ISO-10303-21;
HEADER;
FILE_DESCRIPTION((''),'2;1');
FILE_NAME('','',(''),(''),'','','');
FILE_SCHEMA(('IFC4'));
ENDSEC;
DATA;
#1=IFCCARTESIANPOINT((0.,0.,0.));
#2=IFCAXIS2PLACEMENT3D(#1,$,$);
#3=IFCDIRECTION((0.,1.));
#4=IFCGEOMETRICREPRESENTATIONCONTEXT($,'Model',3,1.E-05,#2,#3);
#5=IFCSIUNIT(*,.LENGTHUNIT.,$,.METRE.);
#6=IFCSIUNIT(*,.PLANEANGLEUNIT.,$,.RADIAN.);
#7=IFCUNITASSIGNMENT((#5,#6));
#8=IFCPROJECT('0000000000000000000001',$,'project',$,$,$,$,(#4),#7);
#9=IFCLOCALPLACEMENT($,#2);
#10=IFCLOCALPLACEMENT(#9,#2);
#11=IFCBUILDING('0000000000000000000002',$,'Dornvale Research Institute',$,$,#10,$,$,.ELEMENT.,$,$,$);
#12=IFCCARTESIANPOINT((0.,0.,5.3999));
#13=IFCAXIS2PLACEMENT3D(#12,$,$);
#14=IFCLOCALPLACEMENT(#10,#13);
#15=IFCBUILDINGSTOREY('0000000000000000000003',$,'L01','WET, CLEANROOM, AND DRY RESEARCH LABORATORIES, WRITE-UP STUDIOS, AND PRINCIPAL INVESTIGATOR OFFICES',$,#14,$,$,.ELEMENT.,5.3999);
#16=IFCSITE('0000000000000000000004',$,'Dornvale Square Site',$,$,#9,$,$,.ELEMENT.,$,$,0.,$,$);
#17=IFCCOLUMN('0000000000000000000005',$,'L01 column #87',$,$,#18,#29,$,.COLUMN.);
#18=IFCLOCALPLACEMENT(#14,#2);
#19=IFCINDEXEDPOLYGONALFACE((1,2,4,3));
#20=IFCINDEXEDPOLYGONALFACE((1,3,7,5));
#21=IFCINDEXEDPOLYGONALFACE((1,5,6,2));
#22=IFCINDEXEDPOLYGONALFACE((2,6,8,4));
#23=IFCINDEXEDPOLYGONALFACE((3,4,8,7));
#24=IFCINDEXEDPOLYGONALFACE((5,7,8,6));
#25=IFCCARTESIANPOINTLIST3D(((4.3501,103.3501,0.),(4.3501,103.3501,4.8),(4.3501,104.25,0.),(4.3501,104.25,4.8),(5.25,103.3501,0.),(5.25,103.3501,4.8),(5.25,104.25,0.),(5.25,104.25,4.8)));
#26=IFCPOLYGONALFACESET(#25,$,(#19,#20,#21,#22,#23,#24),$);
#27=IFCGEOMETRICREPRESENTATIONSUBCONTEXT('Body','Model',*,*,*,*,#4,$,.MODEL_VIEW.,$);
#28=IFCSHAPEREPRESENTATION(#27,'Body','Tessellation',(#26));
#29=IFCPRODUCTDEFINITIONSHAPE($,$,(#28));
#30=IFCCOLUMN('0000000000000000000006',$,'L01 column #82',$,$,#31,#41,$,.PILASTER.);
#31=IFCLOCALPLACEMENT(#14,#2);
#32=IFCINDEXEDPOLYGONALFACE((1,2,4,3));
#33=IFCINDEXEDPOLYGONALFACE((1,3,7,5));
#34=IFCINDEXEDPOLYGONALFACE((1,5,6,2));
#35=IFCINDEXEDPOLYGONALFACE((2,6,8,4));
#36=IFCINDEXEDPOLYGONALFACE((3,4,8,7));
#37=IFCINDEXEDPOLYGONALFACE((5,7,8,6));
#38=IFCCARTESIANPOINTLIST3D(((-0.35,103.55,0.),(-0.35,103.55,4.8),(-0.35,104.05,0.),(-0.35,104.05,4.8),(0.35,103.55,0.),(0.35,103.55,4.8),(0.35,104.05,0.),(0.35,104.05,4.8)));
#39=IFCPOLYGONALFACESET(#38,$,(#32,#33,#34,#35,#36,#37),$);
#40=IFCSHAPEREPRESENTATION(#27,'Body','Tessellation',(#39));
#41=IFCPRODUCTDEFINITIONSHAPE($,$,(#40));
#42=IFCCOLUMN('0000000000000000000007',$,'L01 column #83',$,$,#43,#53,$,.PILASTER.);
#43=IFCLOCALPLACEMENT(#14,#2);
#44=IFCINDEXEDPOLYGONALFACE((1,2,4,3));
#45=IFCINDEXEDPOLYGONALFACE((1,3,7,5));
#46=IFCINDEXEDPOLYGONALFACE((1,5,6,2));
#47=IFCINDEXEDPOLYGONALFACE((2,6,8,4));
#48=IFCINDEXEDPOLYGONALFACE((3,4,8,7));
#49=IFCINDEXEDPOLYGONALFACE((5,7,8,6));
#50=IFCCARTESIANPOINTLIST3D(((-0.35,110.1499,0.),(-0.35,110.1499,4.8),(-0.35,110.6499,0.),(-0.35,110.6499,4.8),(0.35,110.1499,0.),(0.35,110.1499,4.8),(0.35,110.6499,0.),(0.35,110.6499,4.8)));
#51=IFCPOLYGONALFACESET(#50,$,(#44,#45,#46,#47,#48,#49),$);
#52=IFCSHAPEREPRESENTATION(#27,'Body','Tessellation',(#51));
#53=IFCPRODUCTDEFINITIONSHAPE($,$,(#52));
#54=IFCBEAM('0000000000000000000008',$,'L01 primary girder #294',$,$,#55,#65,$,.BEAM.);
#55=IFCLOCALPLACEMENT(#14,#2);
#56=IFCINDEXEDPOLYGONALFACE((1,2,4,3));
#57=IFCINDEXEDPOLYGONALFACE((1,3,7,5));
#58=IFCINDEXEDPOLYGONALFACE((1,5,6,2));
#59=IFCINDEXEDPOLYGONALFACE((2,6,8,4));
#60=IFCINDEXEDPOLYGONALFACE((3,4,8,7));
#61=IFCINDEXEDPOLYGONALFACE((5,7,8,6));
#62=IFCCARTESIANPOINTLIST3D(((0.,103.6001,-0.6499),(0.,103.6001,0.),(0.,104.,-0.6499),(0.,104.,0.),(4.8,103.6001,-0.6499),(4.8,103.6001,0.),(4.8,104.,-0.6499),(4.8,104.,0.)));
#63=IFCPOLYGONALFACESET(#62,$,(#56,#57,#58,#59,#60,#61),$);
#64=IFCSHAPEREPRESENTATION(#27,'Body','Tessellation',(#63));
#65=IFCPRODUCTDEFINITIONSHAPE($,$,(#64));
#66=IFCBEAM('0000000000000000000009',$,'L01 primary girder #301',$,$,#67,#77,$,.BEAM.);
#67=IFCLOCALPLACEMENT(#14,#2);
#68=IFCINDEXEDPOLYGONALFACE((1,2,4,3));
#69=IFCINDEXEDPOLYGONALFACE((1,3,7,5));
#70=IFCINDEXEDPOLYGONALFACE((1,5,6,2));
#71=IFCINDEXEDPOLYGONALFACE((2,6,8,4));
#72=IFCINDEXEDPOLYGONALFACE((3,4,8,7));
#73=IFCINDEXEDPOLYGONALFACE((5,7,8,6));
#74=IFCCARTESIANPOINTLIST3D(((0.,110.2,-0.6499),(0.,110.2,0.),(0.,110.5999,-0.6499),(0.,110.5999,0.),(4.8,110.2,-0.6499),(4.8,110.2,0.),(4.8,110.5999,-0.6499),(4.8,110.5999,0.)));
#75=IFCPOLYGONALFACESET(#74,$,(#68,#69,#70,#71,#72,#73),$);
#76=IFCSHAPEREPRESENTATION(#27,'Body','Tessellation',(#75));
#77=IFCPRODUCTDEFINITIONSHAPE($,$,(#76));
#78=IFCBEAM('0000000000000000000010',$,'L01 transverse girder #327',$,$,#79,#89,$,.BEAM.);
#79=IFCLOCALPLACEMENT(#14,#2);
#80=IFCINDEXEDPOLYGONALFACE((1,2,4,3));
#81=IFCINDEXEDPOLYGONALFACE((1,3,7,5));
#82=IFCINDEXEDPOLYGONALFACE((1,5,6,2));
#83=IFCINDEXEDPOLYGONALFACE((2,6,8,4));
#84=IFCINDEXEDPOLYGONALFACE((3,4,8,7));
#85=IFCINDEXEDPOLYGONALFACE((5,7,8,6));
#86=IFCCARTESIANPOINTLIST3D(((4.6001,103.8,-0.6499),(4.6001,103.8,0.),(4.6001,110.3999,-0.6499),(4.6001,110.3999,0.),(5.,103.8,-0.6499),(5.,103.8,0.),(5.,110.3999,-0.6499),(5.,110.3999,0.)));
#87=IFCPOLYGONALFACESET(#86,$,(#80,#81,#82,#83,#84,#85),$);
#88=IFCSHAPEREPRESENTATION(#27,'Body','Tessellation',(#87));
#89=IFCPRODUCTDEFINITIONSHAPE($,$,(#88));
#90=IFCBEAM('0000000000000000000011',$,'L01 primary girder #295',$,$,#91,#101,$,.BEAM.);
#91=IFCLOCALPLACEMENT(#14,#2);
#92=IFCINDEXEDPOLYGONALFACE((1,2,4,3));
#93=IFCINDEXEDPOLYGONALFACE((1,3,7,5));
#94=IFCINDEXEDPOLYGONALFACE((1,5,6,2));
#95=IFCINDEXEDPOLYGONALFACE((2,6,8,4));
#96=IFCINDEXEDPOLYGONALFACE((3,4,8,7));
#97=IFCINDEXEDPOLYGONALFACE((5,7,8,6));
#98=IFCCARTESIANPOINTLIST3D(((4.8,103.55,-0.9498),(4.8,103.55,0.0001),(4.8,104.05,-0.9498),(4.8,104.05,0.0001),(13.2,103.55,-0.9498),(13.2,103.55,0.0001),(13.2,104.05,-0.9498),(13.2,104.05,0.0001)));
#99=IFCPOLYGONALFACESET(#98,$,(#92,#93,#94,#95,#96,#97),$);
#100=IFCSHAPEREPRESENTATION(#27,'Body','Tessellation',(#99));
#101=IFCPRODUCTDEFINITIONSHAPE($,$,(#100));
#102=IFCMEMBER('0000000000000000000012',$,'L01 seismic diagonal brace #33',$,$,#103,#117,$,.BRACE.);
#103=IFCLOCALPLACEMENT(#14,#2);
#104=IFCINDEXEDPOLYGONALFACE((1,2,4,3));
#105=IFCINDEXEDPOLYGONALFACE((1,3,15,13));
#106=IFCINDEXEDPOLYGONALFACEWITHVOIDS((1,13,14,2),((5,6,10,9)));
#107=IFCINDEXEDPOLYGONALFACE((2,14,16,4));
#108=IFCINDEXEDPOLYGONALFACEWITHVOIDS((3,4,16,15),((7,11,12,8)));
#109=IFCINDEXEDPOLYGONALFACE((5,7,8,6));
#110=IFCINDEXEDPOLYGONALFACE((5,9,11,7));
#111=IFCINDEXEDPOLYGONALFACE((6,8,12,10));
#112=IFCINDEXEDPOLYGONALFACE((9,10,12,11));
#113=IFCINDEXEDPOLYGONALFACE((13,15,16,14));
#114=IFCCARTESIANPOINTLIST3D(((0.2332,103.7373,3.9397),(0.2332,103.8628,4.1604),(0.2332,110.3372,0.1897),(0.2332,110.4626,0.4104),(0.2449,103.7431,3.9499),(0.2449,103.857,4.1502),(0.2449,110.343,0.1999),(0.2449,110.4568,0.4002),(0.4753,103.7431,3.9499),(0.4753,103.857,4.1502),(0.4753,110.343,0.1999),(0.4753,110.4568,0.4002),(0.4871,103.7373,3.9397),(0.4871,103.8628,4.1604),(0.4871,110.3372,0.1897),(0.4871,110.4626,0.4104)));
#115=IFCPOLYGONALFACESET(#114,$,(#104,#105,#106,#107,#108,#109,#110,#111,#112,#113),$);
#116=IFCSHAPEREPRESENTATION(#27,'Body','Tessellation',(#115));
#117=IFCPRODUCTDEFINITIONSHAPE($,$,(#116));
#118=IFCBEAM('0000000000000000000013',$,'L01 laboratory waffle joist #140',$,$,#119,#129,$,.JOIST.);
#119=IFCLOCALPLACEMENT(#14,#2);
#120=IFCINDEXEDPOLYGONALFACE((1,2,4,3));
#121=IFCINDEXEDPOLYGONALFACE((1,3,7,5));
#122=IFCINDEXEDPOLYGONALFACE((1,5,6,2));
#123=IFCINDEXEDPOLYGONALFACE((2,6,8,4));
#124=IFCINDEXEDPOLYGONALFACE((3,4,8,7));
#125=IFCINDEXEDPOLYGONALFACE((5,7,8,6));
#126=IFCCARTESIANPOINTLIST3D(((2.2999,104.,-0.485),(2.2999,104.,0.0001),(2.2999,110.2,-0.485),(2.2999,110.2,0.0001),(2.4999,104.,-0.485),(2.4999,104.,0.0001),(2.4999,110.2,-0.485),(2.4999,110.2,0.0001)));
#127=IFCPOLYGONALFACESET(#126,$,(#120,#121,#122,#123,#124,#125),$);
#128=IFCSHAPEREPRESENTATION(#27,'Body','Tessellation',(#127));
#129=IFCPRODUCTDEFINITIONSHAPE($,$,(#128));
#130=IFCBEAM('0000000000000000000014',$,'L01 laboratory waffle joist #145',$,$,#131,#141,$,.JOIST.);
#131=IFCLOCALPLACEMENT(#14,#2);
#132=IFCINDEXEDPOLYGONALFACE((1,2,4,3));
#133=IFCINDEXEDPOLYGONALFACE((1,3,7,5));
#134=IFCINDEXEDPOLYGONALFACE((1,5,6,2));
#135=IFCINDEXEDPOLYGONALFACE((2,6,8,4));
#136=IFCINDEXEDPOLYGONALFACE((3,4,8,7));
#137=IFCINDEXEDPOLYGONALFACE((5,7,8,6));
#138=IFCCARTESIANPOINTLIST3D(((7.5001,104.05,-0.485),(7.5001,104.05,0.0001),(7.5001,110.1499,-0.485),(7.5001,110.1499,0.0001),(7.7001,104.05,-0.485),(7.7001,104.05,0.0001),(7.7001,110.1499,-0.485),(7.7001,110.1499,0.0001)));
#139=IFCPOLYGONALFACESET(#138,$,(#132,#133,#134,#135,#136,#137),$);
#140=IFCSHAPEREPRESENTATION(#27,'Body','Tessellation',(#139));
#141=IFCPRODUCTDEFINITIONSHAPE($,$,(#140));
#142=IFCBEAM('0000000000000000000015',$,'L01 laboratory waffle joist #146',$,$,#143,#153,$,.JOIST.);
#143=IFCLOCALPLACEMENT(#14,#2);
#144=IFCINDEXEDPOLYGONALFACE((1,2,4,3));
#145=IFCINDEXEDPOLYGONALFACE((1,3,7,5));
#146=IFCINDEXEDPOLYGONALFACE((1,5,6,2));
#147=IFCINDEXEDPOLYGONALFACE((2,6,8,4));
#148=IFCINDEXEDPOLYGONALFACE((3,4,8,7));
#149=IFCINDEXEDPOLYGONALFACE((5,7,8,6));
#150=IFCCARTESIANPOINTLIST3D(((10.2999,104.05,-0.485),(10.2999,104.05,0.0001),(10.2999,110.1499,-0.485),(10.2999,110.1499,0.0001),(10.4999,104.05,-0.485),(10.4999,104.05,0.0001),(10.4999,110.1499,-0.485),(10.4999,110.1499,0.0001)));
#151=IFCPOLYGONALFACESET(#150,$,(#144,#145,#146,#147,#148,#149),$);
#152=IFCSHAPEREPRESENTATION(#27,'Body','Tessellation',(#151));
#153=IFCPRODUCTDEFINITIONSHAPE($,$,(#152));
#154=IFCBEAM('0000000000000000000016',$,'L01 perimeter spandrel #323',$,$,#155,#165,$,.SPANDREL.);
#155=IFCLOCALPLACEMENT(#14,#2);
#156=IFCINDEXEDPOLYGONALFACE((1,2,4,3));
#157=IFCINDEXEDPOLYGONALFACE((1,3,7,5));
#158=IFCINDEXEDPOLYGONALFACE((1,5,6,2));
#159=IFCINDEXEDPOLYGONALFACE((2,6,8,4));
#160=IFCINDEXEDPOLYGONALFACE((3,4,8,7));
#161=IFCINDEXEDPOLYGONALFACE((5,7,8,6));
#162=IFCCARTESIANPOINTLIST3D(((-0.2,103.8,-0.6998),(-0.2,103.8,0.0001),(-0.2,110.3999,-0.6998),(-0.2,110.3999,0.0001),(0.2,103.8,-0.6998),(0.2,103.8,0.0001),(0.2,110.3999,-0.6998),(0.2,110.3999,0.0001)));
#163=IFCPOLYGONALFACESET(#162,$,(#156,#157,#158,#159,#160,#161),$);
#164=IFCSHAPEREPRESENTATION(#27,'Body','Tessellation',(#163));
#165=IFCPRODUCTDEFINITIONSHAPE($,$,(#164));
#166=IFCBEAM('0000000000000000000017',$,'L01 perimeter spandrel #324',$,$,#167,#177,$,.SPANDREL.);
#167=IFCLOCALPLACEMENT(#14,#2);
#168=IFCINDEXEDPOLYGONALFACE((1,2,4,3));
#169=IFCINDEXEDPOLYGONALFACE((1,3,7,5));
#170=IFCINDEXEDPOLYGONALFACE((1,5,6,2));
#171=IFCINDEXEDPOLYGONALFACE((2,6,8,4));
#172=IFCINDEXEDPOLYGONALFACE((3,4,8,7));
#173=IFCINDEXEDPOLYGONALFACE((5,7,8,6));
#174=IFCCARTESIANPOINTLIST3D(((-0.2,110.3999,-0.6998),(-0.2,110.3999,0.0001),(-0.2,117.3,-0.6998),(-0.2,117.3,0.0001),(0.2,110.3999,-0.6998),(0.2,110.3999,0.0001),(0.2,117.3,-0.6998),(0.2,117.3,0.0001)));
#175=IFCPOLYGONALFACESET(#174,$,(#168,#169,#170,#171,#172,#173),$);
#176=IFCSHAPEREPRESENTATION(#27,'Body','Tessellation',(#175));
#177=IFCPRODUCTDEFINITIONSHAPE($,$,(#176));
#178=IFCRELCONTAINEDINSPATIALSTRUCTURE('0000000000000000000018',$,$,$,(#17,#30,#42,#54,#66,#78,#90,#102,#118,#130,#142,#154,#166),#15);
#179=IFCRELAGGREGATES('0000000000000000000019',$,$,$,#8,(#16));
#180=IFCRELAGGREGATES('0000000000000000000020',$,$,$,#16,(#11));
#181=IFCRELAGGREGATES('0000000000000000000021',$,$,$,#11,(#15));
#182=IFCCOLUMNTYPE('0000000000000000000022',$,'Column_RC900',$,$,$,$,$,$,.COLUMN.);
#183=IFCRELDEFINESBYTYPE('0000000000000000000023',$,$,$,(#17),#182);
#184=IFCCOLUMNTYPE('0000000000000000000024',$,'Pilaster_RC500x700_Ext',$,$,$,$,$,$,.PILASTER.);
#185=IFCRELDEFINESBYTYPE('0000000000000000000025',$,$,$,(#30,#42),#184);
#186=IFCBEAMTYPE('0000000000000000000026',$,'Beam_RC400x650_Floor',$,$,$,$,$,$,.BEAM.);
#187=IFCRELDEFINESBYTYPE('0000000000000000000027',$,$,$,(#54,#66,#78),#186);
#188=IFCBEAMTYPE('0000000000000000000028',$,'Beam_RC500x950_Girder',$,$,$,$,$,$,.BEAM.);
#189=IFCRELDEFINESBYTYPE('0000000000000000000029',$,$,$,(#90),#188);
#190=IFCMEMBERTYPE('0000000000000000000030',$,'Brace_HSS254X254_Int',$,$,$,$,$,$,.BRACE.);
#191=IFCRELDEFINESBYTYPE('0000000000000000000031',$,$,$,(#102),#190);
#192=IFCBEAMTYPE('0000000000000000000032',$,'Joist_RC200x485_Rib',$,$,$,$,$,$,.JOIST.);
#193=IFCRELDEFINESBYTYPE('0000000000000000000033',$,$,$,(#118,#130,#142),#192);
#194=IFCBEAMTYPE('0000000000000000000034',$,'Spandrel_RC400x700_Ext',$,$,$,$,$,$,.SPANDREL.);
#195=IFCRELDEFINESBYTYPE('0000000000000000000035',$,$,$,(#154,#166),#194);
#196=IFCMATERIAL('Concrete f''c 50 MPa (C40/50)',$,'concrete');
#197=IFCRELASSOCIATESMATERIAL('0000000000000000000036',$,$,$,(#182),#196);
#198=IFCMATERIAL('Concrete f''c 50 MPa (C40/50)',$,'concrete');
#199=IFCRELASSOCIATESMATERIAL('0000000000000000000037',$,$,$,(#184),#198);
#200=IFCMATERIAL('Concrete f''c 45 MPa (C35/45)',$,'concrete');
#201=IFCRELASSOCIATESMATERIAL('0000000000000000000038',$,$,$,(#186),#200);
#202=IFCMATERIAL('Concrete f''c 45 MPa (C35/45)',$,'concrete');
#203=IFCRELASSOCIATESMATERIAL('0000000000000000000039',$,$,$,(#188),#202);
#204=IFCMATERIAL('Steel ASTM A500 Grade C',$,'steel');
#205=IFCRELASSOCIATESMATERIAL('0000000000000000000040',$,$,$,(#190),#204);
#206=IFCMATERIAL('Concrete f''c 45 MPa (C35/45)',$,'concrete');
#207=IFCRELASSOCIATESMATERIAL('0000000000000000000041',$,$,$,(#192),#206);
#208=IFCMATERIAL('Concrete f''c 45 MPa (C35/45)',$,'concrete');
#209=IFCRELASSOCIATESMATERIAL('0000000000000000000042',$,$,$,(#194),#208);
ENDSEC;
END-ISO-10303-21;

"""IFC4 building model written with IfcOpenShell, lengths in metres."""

from ifc_helpers import new_model, si_unit, direction, frame, origin, origin_2d, place, context, subcontext, project, spatial, rectangle, hollow_rectangle, extrude, material, material_profile, profile_set, type_object, element, save


model = new_model("IFC4")

# Units and contexts
model_context = context("Model", 3, precision=1e-05, world=origin(), true_north=direction((0.0, 1.0)))
body_context = subcontext(model_context, "Body", "Model", "MODEL_VIEW")
ifc_project = project(units=[si_unit("LENGTHUNIT", "METRE"), si_unit("PLANEANGLEUNIT", "RADIAN")], contexts=[model_context])

# Site, building, storey
site_placement = place(None, origin())
site = spatial("IfcSite", under=ifc_project, at=site_placement, Name="Dornvale Square Site", CompositionType="ELEMENT", RefElevation=0.0)
building_placement = place(site_placement, origin())
building = spatial("IfcBuilding", under=site, at=building_placement, Name="Dornvale Research Institute", CompositionType="ELEMENT")
storey_placement = place(building_placement, frame((0.0, 0.0, 5.3999)))
storey = spatial("IfcBuildingStorey", under=building, at=storey_placement, Name="L01", Description="WET, CLEANROOM, AND DRY RESEARCH LABORATORIES, WRITE-UP STUDIOS, AND PRINCIPAL INVESTIGATOR OFFICES", CompositionType="ELEMENT", Elevation=5.3999)

# Columns
ifc_material_1 = material(Name="Concrete f'c 50 MPa (C40/50)", Category="concrete")
ifc_material_profile_1 = material_profile(ifc_material_1, rectangle(XDim=0.8999, YDim=0.8999, at=origin_2d()), Name="RC 900x900")
ifc_profile_set_1 = profile_set([ifc_material_profile_1], Name="Concrete f'c 50 MPa (C40/50)")
column_type_1 = type_object("IfcColumnType", Name="Column_RC900", PredefinedType="COLUMN", material=ifc_profile_set_1)
column_placement = place(storey_placement, frame((4.8, 103.8, 0.0), z_axis=(0.0, 0.0, 1.0), x_axis=(1.0, 0.0, 0.0)))
element("IfcColumn", 1, at=column_placement, inside=storey, type_object=column_type_1, Name="L01 column #87", PredefinedType="COLUMN", context=body_context, shape_type="SweptSolid", body=[
    extrude(rectangle(XDim=0.8999, YDim=0.8999, at=origin_2d()), origin(), (0.0, 0.0, 1.0), 4.8),
])
ifc_material_2 = material(Name="Concrete f'c 50 MPa (C40/50)", Category="concrete")
ifc_material_profile_2 = material_profile(ifc_material_2, rectangle(XDim=0.5, YDim=0.7, at=origin_2d()), Name="RC 500x700")
ifc_profile_set_2 = profile_set([ifc_material_profile_2], Name="Concrete f'c 50 MPa (C40/50)")
column_type_2 = type_object("IfcColumnType", Name="Pilaster_RC500x700_Ext", PredefinedType="PILASTER", material=ifc_profile_set_2)
for number, where, z_axis, x_axis, name in (
    (2, (0.0, 103.8, 0.0), (0.0, 0.0, 1.0), (0.0, 1.0, 0.0), "L01 column #82"),
    (3, (0.0, 110.3999, 0.0), (0.0, 0.0, 1.0), (0.0, 1.0, 0.0), "L01 column #83"),
):
    element("IfcColumn", number, at=place(storey_placement, frame(where, z_axis=z_axis, x_axis=x_axis)), inside=storey, type_object=column_type_2, Name=name, PredefinedType="PILASTER", context=body_context, shape_type="SweptSolid", body=[
        extrude(rectangle(XDim=0.5, YDim=0.7, at=origin_2d()), origin(), (0.0, 0.0, 1.0), 4.8),
    ])

# Beams
ifc_material_3 = material(Name="Concrete f'c 45 MPa (C35/45)", Category="concrete")
ifc_material_profile_3 = material_profile(ifc_material_3, rectangle(XDim=0.3999, YDim=0.6499, at=origin_2d()), Name="RC 400x650")
ifc_profile_set_3 = profile_set([ifc_material_profile_3], Name="Concrete f'c 45 MPa (C35/45)")
beam_type_1 = type_object("IfcBeamType", Name="Beam_RC400x650_Floor", PredefinedType="BEAM", material=ifc_profile_set_3)
for number, where, z_axis, x_axis, name in (
    (4, (0.0, 103.8, -0.325), (1.0, 0.0, 0.0), (0.0, 1.0, 0.0), "L01 primary girder #294"),
    (5, (0.0, 110.3999, -0.325), (1.0, 0.0, 0.0), (0.0, 1.0, 0.0), "L01 primary girder #301"),
):
    element("IfcBeam", number, at=place(storey_placement, frame(where, z_axis=z_axis, x_axis=x_axis)), inside=storey, type_object=beam_type_1, Name=name, PredefinedType="BEAM", context=body_context, shape_type="SweptSolid", body=[
        extrude(rectangle(XDim=0.3999, YDim=0.6499, at=origin_2d()), origin(), (0.0, 0.0, 1.0), 4.8),
    ])
beam_1_placement = place(storey_placement, frame((4.8, 103.8, -0.325), z_axis=(0.0, 1.0, 0.0), x_axis=(-1.0, 0.0, 0.0)))
element("IfcBeam", 6, at=beam_1_placement, inside=storey, type_object=beam_type_1, Name="L01 transverse girder #327", PredefinedType="BEAM", context=body_context, shape_type="SweptSolid", body=[
    extrude(rectangle(XDim=0.3999, YDim=0.6499, at=origin_2d()), origin(), (0.0, 0.0, 1.0), 6.5999),
])
ifc_material_4 = material(Name="Concrete f'c 45 MPa (C35/45)", Category="concrete")
ifc_material_profile_4 = material_profile(ifc_material_4, rectangle(XDim=0.5, YDim=0.95, at=origin_2d()), Name="RC 500x950")
ifc_profile_set_4 = profile_set([ifc_material_profile_4], Name="Concrete f'c 45 MPa (C35/45)")
beam_type_2 = type_object("IfcBeamType", Name="Beam_RC500x950_Girder", PredefinedType="BEAM", material=ifc_profile_set_4)
beam_2_placement = place(storey_placement, frame((4.8, 103.8, -0.4749), z_axis=(1.0, 0.0, 0.0), x_axis=(0.0, 1.0, 0.0)))
element("IfcBeam", 7, at=beam_2_placement, inside=storey, type_object=beam_type_2, Name="L01 primary girder #295", PredefinedType="BEAM", context=body_context, shape_type="SweptSolid", body=[
    extrude(rectangle(XDim=0.5, YDim=0.95, at=origin_2d()), origin(), (0.0, 0.0, 1.0), 8.3999),
])

# Member
ifc_material_5 = material(Name="Steel ASTM A500 Grade C", Category="steel")
ifc_material_profile_5 = material_profile(ifc_material_5, hollow_rectangle(XDim=0.2539, YDim=0.2539, WallThickness=0.0117, at=origin_2d()), Name="HSS254X254X12.7")
ifc_profile_set_5 = profile_set([ifc_material_profile_5], Name="Steel ASTM A500 Grade C")
member_type = type_object("IfcMemberType", Name="Brace_HSS254X254_Int", PredefinedType="BRACE", material=ifc_profile_set_5)
member_placement = place(storey_placement, frame((0.3601, 110.3999, 0.3), z_axis=(0.0, -0.869452, 0.494018), x_axis=(1.0, 0.0, 0.0)))
element("IfcMember", 8, at=member_placement, inside=storey, type_object=member_type, Name="L01 seismic diagonal brace #33", PredefinedType="BRACE", context=body_context, shape_type="SweptSolid", body=[
    extrude(hollow_rectangle(XDim=0.2539, YDim=0.2539, WallThickness=0.0117, at=origin_2d()), origin(), (0.0, 0.0, 1.0), 7.5908),
])

# Beams
ifc_material_6 = material(Name="Concrete f'c 45 MPa (C35/45)", Category="concrete")
ifc_material_profile_6 = material_profile(ifc_material_6, rectangle(XDim=0.2, YDim=0.4851, at=origin_2d()), Name="RC 200x485")
ifc_profile_set_6 = profile_set([ifc_material_profile_6], Name="Concrete f'c 45 MPa (C35/45)")
beam_type_3 = type_object("IfcBeamType", Name="Joist_RC200x485_Rib", PredefinedType="JOIST", material=ifc_profile_set_6)
beam_3_placement = place(storey_placement, frame((2.3999, 104.0, -0.2424), z_axis=(0.0, 1.0, 0.0), x_axis=(-1.0, 0.0, 0.0)))
element("IfcBeam", 9, at=beam_3_placement, inside=storey, type_object=beam_type_3, Name="L01 laboratory waffle joist #140", PredefinedType="JOIST", context=body_context, shape_type="SweptSolid", body=[
    extrude(rectangle(XDim=0.2, YDim=0.4851, at=origin_2d()), origin(), (0.0, 0.0, 1.0), 6.2),
])
for number, where, z_axis, x_axis, name in (
    (10, (7.6001, 104.05, -0.2424), (0.0, 1.0, 0.0), (-1.0, 0.0, 0.0), "L01 laboratory waffle joist #145"),
    (11, (10.3999, 104.05, -0.2424), (0.0, 1.0, 0.0), (-1.0, 0.0, 0.0), "L01 laboratory waffle joist #146"),
):
    element("IfcBeam", number, at=place(storey_placement, frame(where, z_axis=z_axis, x_axis=x_axis)), inside=storey, type_object=beam_type_3, Name=name, PredefinedType="JOIST", context=body_context, shape_type="SweptSolid", body=[
        extrude(rectangle(XDim=0.2, YDim=0.4851, at=origin_2d()), origin(), (0.0, 0.0, 1.0), 6.0999),
    ])
ifc_material_7 = material(Name="Concrete f'c 45 MPa (C35/45)", Category="concrete")
ifc_material_profile_7 = material_profile(ifc_material_7, rectangle(XDim=0.3999, YDim=0.7, at=origin_2d()), Name="RC 400x700")
ifc_profile_set_7 = profile_set([ifc_material_profile_7], Name="Concrete f'c 45 MPa (C35/45)")
beam_type_4 = type_object("IfcBeamType", Name="Spandrel_RC400x700_Ext", PredefinedType="SPANDREL", material=ifc_profile_set_7)
beam_4_placement = place(storey_placement, frame((0.0, 103.8, -0.3499), z_axis=(0.0, 1.0, 0.0), x_axis=(-1.0, 0.0, 0.0)))
element("IfcBeam", 12, at=beam_4_placement, inside=storey, type_object=beam_type_4, Name="L01 perimeter spandrel #323", PredefinedType="SPANDREL", context=body_context, shape_type="SweptSolid", body=[
    extrude(rectangle(XDim=0.3999, YDim=0.7, at=origin_2d()), origin(), (0.0, 0.0, 1.0), 6.5999),
])
beam_5_placement = place(storey_placement, frame((0.0, 110.3999, -0.3499), z_axis=(0.0, 1.0, 0.0), x_axis=(-1.0, 0.0, 0.0)))
element("IfcBeam", 13, at=beam_5_placement, inside=storey, type_object=beam_type_4, Name="L01 perimeter spandrel #324", PredefinedType="SPANDREL", context=body_context, shape_type="SweptSolid", body=[
    extrude(rectangle(XDim=0.3999, YDim=0.7, at=origin_2d()), origin(), (0.0, 0.0, 1.0), 6.9001),
])

save(model, "model.ifc")
